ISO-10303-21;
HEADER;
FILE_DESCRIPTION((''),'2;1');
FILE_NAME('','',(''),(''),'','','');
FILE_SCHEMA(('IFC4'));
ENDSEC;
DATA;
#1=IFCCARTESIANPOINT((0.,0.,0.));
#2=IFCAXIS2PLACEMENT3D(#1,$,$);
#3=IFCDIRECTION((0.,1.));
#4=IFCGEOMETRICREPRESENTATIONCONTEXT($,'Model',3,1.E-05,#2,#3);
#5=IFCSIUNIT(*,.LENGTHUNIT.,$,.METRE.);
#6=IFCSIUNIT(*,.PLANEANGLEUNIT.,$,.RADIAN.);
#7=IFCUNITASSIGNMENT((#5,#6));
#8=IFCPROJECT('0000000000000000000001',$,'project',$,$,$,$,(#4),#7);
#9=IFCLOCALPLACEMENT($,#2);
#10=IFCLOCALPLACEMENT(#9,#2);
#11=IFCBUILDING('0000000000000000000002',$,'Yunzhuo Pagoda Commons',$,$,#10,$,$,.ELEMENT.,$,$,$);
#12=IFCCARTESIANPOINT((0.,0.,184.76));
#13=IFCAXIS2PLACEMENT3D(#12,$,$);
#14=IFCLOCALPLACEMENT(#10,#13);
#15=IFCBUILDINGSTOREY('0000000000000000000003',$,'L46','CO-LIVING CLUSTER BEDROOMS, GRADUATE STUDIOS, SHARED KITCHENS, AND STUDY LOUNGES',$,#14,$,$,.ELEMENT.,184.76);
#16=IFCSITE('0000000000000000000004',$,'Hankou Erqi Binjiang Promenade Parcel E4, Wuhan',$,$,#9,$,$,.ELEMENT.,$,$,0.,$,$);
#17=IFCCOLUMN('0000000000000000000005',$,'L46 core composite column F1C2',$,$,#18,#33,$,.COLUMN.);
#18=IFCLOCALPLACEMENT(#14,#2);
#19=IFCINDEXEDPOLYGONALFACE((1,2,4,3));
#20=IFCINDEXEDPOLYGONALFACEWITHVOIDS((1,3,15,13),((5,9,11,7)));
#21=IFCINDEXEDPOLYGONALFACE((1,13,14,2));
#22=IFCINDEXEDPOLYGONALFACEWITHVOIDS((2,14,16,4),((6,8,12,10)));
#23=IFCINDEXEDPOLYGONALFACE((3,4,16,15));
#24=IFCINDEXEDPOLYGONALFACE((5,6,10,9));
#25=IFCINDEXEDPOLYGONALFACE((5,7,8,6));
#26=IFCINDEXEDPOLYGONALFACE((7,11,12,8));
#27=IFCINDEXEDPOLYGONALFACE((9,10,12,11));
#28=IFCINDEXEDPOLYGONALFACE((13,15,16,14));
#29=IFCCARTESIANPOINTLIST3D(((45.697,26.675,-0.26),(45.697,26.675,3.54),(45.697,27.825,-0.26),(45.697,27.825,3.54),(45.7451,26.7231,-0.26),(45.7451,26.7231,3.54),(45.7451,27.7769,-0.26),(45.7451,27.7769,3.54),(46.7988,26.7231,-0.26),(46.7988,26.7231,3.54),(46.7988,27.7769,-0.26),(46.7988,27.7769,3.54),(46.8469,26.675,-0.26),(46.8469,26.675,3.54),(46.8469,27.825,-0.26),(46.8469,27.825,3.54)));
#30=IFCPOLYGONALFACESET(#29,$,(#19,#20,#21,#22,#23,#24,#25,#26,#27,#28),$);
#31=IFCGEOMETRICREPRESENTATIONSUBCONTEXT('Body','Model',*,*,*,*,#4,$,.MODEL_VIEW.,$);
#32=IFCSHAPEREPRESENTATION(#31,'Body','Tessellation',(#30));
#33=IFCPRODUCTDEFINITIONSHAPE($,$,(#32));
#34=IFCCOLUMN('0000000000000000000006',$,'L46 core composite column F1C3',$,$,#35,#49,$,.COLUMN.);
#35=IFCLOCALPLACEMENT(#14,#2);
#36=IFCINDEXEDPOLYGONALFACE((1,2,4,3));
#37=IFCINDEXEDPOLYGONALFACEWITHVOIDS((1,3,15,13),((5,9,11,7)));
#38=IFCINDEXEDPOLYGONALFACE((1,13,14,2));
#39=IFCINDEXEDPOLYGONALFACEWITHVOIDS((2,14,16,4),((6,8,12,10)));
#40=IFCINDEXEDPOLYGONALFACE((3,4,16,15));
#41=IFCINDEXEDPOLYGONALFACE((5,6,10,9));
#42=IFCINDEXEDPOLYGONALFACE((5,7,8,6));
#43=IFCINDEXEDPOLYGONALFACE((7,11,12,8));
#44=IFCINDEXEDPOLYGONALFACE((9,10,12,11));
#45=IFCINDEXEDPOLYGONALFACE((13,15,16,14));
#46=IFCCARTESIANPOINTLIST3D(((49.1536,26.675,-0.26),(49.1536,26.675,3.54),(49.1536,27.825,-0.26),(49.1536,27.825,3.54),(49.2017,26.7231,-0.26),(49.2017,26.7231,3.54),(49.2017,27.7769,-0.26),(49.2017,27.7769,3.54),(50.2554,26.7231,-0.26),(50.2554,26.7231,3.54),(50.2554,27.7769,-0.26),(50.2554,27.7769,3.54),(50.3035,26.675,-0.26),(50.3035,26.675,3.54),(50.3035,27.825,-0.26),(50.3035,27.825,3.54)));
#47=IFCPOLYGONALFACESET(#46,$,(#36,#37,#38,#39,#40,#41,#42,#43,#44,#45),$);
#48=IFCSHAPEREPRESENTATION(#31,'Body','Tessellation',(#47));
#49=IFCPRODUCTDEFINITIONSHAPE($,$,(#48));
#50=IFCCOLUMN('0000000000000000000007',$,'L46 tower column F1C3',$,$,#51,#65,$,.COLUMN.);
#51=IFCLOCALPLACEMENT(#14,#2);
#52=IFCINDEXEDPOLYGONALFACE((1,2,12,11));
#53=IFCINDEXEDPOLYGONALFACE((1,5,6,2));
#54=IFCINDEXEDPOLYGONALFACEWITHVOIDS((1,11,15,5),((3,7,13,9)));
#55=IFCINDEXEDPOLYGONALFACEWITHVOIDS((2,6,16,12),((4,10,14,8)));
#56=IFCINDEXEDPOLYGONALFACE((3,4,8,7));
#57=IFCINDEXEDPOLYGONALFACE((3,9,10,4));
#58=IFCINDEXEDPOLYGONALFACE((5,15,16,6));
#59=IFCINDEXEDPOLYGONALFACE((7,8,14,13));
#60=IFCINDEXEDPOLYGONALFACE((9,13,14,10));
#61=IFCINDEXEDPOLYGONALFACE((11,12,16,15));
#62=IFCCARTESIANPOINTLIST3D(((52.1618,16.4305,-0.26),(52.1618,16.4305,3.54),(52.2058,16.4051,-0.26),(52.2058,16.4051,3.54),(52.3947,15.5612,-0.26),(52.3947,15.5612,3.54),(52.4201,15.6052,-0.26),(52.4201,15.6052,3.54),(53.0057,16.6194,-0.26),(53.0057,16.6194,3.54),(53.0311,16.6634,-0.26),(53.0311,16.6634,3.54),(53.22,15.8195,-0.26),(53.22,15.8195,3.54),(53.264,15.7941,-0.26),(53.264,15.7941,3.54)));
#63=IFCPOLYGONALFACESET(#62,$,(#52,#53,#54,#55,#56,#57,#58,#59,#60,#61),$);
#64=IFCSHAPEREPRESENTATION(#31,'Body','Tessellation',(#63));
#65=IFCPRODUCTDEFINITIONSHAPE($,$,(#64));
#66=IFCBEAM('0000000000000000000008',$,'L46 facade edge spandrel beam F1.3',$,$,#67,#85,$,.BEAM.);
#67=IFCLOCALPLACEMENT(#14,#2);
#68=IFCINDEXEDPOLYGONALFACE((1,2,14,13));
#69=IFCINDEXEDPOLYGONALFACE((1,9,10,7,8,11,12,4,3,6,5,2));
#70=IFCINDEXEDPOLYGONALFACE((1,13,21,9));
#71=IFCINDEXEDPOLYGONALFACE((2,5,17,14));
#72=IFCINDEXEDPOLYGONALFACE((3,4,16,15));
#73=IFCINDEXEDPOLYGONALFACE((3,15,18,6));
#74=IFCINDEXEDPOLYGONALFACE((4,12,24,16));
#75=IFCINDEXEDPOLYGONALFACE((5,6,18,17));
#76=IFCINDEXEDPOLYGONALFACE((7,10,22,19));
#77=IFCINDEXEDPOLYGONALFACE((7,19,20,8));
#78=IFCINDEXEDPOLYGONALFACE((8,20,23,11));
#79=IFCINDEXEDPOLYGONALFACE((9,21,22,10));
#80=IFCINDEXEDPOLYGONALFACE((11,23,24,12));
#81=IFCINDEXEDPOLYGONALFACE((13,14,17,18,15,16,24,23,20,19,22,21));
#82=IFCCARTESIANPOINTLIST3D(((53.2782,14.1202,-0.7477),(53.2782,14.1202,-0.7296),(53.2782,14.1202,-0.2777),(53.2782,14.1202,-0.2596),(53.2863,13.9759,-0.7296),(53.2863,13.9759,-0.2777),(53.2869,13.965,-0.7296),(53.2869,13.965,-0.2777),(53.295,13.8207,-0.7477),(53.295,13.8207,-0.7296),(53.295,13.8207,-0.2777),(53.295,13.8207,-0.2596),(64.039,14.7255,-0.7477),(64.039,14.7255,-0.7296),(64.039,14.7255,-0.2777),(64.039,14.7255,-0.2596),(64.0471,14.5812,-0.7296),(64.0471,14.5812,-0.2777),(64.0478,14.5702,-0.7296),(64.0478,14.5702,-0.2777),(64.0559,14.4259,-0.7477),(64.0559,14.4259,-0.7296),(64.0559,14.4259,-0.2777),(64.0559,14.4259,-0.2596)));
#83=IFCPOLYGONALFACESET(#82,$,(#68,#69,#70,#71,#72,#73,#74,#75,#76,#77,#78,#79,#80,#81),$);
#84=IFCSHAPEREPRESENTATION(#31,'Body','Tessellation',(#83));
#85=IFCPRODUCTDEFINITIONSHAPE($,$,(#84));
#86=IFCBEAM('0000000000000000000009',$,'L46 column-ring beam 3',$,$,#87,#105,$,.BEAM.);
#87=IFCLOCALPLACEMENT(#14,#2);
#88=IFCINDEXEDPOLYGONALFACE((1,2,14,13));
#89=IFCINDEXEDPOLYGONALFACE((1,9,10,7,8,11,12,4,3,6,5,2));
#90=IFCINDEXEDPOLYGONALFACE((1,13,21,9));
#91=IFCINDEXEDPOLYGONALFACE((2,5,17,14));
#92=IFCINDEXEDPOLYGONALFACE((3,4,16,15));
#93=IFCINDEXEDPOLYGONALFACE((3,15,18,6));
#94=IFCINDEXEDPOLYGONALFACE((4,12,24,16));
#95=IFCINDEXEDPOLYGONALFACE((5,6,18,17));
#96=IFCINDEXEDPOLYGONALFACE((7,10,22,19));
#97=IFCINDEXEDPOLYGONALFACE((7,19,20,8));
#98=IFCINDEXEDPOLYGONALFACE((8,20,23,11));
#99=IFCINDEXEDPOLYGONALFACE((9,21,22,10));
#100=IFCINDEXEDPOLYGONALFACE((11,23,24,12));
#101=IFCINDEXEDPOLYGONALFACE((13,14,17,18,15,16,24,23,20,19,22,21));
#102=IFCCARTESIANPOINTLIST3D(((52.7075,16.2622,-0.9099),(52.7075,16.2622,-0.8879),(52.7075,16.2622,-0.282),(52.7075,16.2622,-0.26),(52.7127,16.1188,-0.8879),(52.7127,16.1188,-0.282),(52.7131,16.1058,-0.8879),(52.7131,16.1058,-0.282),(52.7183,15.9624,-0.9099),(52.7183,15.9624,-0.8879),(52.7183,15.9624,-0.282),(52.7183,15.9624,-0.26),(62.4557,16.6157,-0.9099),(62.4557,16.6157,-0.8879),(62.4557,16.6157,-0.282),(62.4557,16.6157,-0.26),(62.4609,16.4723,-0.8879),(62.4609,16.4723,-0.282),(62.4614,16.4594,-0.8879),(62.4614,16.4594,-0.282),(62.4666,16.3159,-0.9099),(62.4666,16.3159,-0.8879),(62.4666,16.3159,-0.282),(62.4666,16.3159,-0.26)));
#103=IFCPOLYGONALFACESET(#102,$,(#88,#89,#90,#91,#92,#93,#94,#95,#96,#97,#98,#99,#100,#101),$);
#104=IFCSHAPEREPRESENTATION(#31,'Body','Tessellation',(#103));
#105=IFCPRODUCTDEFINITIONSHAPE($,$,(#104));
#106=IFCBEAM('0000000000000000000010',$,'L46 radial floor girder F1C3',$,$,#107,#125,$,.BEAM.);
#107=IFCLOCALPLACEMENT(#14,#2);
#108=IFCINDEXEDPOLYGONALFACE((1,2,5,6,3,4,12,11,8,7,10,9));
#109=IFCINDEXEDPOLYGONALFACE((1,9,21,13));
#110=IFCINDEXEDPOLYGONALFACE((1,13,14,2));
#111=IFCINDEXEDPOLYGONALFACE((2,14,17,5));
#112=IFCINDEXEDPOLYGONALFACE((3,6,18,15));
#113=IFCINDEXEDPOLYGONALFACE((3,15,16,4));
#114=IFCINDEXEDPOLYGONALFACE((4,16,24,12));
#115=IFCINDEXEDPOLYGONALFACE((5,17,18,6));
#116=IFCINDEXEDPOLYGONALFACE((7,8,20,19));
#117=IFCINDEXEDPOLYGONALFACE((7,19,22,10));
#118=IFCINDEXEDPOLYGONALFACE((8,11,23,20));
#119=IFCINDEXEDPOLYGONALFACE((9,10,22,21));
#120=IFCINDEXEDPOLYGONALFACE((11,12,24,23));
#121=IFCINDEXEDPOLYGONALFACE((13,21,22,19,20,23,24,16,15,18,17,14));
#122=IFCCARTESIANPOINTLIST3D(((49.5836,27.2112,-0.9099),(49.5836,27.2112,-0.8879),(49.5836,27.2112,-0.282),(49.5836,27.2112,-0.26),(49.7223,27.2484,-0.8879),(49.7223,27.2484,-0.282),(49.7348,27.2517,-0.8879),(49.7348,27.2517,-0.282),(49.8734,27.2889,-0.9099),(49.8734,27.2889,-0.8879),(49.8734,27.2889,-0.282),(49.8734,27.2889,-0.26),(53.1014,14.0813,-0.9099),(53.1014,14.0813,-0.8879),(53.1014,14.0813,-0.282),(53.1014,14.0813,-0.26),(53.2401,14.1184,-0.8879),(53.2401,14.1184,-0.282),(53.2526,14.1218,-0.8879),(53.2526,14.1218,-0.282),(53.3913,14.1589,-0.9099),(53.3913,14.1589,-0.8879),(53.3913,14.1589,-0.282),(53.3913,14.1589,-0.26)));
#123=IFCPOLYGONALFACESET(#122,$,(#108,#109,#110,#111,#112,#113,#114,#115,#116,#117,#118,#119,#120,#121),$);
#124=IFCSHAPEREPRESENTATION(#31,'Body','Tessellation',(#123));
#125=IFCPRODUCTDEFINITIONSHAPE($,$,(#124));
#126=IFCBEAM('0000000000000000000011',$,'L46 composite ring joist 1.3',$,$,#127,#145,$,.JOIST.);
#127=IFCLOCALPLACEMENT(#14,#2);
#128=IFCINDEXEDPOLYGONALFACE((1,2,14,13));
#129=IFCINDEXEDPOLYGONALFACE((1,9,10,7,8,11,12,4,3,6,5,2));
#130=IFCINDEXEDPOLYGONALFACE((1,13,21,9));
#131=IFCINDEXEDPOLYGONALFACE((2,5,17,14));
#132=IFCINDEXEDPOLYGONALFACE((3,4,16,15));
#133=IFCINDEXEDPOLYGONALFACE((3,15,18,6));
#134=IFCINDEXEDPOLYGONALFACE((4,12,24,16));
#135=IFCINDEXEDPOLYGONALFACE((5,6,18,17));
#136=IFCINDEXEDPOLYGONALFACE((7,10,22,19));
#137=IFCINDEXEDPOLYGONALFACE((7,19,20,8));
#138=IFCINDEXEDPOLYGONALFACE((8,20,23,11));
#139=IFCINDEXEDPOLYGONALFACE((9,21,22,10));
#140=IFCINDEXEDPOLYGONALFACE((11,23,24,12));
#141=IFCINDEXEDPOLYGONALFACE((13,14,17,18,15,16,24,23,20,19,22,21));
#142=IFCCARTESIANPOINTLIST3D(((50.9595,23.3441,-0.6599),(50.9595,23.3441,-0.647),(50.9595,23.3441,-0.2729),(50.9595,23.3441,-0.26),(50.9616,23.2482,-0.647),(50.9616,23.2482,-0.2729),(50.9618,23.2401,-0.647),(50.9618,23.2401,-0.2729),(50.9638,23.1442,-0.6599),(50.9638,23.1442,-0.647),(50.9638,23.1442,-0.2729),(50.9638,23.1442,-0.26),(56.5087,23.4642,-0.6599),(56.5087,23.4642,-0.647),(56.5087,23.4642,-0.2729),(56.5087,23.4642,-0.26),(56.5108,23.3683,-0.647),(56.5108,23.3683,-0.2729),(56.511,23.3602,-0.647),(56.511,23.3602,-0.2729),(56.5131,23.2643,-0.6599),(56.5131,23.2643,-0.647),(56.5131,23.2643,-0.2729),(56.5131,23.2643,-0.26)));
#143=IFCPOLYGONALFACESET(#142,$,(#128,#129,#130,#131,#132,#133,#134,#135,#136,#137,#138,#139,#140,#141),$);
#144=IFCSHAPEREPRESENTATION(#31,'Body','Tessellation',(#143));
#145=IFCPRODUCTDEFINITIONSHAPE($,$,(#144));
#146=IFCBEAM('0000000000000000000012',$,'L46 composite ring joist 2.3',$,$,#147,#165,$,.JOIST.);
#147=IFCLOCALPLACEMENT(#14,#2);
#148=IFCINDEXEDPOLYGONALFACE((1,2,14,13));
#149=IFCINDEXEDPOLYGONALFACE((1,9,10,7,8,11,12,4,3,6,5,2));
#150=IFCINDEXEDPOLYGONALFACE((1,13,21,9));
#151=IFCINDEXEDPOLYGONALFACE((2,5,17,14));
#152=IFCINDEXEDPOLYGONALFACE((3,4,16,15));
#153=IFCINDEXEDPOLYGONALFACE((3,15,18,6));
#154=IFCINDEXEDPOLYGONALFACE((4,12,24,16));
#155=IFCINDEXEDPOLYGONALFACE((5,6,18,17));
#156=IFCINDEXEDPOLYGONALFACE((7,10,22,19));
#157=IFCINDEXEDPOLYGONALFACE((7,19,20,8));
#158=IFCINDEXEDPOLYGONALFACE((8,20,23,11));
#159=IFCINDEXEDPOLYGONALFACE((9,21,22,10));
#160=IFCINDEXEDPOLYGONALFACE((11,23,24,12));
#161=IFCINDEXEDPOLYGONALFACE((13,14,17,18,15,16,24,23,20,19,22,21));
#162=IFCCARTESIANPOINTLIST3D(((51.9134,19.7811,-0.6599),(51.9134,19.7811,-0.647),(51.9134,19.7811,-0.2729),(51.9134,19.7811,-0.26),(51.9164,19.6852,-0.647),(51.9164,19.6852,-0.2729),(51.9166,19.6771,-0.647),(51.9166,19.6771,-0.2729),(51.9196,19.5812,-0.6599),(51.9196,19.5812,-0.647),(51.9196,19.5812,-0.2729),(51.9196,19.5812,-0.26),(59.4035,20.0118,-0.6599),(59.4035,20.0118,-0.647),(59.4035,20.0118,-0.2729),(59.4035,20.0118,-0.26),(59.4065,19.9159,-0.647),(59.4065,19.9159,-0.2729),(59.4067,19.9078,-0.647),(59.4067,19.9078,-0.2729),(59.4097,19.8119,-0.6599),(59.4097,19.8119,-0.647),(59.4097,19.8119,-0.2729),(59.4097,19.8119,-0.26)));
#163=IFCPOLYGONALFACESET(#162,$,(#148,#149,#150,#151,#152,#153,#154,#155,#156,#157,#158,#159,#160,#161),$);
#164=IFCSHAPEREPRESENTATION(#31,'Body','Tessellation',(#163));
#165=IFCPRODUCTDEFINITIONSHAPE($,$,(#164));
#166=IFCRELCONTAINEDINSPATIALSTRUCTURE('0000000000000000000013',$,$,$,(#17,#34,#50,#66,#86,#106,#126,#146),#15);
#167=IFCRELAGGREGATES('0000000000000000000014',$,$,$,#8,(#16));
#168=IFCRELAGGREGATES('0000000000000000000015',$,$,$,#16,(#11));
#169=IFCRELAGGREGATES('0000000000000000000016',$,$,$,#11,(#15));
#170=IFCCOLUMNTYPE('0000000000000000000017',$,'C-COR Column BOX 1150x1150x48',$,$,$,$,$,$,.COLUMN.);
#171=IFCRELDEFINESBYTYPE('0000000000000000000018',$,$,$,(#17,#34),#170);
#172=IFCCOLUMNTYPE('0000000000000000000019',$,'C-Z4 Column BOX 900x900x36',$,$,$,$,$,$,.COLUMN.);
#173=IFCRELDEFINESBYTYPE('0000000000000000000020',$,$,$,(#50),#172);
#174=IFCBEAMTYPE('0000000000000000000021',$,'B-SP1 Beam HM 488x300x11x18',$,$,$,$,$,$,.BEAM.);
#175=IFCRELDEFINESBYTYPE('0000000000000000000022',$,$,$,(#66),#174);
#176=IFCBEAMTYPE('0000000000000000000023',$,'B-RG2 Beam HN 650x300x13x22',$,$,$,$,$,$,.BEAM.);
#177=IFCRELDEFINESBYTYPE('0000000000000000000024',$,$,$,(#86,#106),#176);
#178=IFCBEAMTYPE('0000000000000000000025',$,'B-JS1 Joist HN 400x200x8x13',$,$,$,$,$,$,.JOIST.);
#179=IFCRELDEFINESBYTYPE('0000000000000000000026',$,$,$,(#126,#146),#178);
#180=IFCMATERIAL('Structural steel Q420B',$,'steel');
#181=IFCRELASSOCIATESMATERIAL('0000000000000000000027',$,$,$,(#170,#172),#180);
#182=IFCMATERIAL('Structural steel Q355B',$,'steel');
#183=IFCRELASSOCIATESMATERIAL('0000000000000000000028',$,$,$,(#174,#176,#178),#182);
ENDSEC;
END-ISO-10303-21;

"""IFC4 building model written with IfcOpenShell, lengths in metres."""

from ifc_helpers import new_model, si_unit, direction, frame, origin, origin_2d, place, context, subcontext, project, spatial, hollow_rectangle, i_section, extrude, source, transform, mapped, material, material_profile, profile_set, type_object, element, save


model = new_model("IFC4")

# Units and contexts
model_context = context("Model", 3, precision=1e-05, world=origin(), true_north=direction((0.0, 1.0)))
body_context = subcontext(model_context, "Body", "Model", "MODEL_VIEW")
ifc_project = project(units=[si_unit("LENGTHUNIT", "METRE"), si_unit("PLANEANGLEUNIT", "RADIAN")], contexts=[model_context])

# Site, building, storey
site_placement = place(None, origin())
site = spatial("IfcSite", under=ifc_project, at=site_placement, Name="Hankou Erqi Binjiang Promenade Parcel E4, Wuhan", CompositionType="ELEMENT", RefElevation=0.0)
building_placement = place(site_placement, origin())
building = spatial("IfcBuilding", under=site, at=building_placement, Name="Yunzhuo Pagoda Commons", CompositionType="ELEMENT")
storey_placement = place(building_placement, frame((0.0, 0.0, 184.76)))
storey = spatial("IfcBuildingStorey", under=building, at=storey_placement, Name="L46", Description="CO-LIVING CLUSTER BEDROOMS, GRADUATE STUDIOS, SHARED KITCHENS, AND STUDY LOUNGES", CompositionType="ELEMENT", Elevation=184.76)

# Columns
ifc_material_1 = material(Name="Structural steel Q420B", Category="steel")
ifc_material_profile_1 = material_profile(ifc_material_1, hollow_rectangle(XDim=1.1499, YDim=1.1499, WallThickness=0.0481, at=origin_2d()), Name="Structural steel Q420B")
ifc_profile_set_1 = profile_set([ifc_material_profile_1], Name="Structural steel Q420B")
column_type_1 = type_object("IfcColumnType", Name="C-COR Column BOX 1150x1150x48", PredefinedType="COLUMN", material=ifc_profile_set_1)
shared_shape_1 = source(origin(), body_context, "Body", "SweptSolid", [
    extrude(hollow_rectangle(XDim=1.1499, YDim=1.1499, WallThickness=0.0481, at=origin_2d()), origin(), (0.0, 0.0, 1.0), 3.8),
])
for number, where, z_axis, x_axis, name in (
    (1, (46.272, 27.25, -0.26), (0.0, 0.0, 1.0), (1.0, 0.0, 0.0), "L46 core composite column F1C2"),
    (2, (49.7285, 27.25, -0.26), (0.0, 0.0, 1.0), (1.0, 0.0, 0.0), "L46 core composite column F1C3"),
):
    element("IfcColumn", number, at=place(storey_placement, frame(where, z_axis=z_axis, x_axis=x_axis)), inside=storey, type_object=column_type_1, Name=name, PredefinedType="COLUMN", context=body_context, shape_type="MappedRepresentation", body=[
        mapped(shared_shape_1, transform((0.0, 0.0, 0.0), scale=1.0)),
    ])
ifc_material_profile_2 = material_profile(ifc_material_1, hollow_rectangle(XDim=0.8999, YDim=0.8999, WallThickness=0.0359, at=origin_2d()), Name="Structural steel Q420B")
ifc_profile_set_2 = profile_set([ifc_material_profile_2], Name="Structural steel Q420B")
column_type_2 = type_object("IfcColumnType", Name="C-Z4 Column BOX 900x900x36", PredefinedType="COLUMN", material=ifc_profile_set_2)
shared_shape_2 = source(origin(), body_context, "Body", "SweptSolid", [
    extrude(hollow_rectangle(XDim=0.8999, YDim=0.8999, WallThickness=0.0359, at=origin_2d()), origin(), (0.0, 0.0, 1.0), 3.8),
])
column_placement = place(storey_placement, frame((52.7129, 16.1123, -0.26), z_axis=(0.0, 0.0, 1.0), x_axis=(0.965926, 0.258819, 0.0)))
element("IfcColumn", 3, at=column_placement, inside=storey, type_object=column_type_2, Name="L46 tower column F1C3", PredefinedType="COLUMN", context=body_context, shape_type="MappedRepresentation", body=[
    mapped(shared_shape_2, transform((0.0, 0.0, 0.0), scale=1.0)),
])

# Beams
ifc_material_2 = material(Name="Structural steel Q355B", Category="steel")
ifc_material_profile_3 = material_profile(ifc_material_2, i_section(OverallWidth=0.3, OverallDepth=0.488, WebThickness=0.011, FlangeThickness=0.0181, at=origin_2d()), Name="Structural steel Q355B")
ifc_profile_set_3 = profile_set([ifc_material_profile_3], Name="Structural steel Q355B")
beam_type_1 = type_object("IfcBeamType", Name="B-SP1 Beam HM 488x300x11x18", PredefinedType="BEAM", material=ifc_profile_set_3)
shared_shape_3 = source(origin(), body_context, "Body", "SweptSolid", [
    extrude(i_section(OverallWidth=0.3, OverallDepth=0.488, WebThickness=0.011, FlangeThickness=0.0181, at=origin_2d()), origin(), (0.0, 0.0, 1.0), 10.7778),
])
beam_1_placement = place(storey_placement, frame((53.2866, 13.9705, -0.5037), z_axis=(0.998422, 0.056155, 0.0), x_axis=(-0.056155, 0.998422, 0.0)))
element("IfcBeam", 4, at=beam_1_placement, inside=storey, type_object=beam_type_1, Name="L46 facade edge spandrel beam F1.3", PredefinedType="BEAM", context=body_context, shape_type="MappedRepresentation", body=[
    mapped(shared_shape_3, transform((0.0, 0.0, 0.0), scale=1.0)),
])
ifc_material_profile_4 = material_profile(ifc_material_2, i_section(OverallWidth=0.3, OverallDepth=0.6499, WebThickness=0.0129, FlangeThickness=0.022, at=origin_2d()), Name="Structural steel Q355B")
ifc_profile_set_4 = profile_set([ifc_material_profile_4], Name="Structural steel Q355B")
beam_type_2 = type_object("IfcBeamType", Name="B-RG2 Beam HN 650x300x13x22", PredefinedType="BEAM", material=ifc_profile_set_4)
shared_shape_4 = source(origin(), body_context, "Body", "SweptSolid", [
    extrude(i_section(OverallWidth=0.3, OverallDepth=0.6499, WebThickness=0.0129, FlangeThickness=0.022, at=origin_2d()), origin(), (0.0, 0.0, 1.0), 9.7546),
])
beam_2_placement = place(storey_placement, frame((52.7129, 16.1123, -0.585), z_axis=(0.999343, 0.036241, 0.0), x_axis=(-0.036241, 0.999343, 0.0)))
element("IfcBeam", 5, at=beam_2_placement, inside=storey, type_object=beam_type_2, Name="L46 column-ring beam 3", PredefinedType="BEAM", context=body_context, shape_type="MappedRepresentation", body=[
    mapped(shared_shape_4, transform((0.0, 0.0, 0.0), scale=1.0)),
])
shared_shape_5 = source(origin(), body_context, "Body", "SweptSolid", [
    extrude(i_section(OverallWidth=0.3, OverallDepth=0.6499, WebThickness=0.0129, FlangeThickness=0.022, at=origin_2d()), origin(), (0.0, 0.0, 1.0), 13.593),
])
beam_3_placement = place(storey_placement, frame((53.2463, 14.1201, -0.585), z_axis=(-0.258797, 0.965932, 0.0), x_axis=(-0.965932, -0.258797, 0.0)))
element("IfcBeam", 6, at=beam_3_placement, inside=storey, type_object=beam_type_2, Name="L46 radial floor girder F1C3", PredefinedType="BEAM", context=body_context, shape_type="MappedRepresentation", body=[
    mapped(shared_shape_5, transform((0.0, 0.0, 0.0), scale=1.0)),
])
ifc_material_profile_5 = material_profile(ifc_material_2, i_section(OverallWidth=0.2, OverallDepth=0.3999, WebThickness=0.0081, FlangeThickness=0.0129, at=origin_2d()), Name="Structural steel Q355B")
ifc_profile_set_5 = profile_set([ifc_material_profile_5], Name="Structural steel Q355B")
beam_type_3 = type_object("IfcBeamType", Name="B-JS1 Joist HN 400x200x8x13", PredefinedType="JOIST", material=ifc_profile_set_5)
shared_shape_6 = source(origin(), body_context, "Body", "SweptSolid", [
    extrude(i_section(OverallWidth=0.2, OverallDepth=0.3999, WebThickness=0.0081, FlangeThickness=0.0129, at=origin_2d()), origin(), (0.0, 0.0, 1.0), 5.5505),
])
beam_4_placement = place(storey_placement, frame((50.9617, 23.2441, -0.46), z_axis=(0.999766, 0.02164, 0.0), x_axis=(-0.02164, 0.999766, 0.0)))
element("IfcBeam", 7, at=beam_4_placement, inside=storey, type_object=beam_type_3, Name="L46 composite ring joist 1.3", PredefinedType="JOIST", context=body_context, shape_type="MappedRepresentation", body=[
    mapped(shared_shape_6, transform((0.0, 0.0, 0.0), scale=1.0)),
])
shared_shape_7 = source(origin(), body_context, "Body", "SweptSolid", [
    extrude(i_section(OverallWidth=0.2, OverallDepth=0.3999, WebThickness=0.0081, FlangeThickness=0.0129, at=origin_2d()), origin(), (0.0, 0.0, 1.0), 7.4937),
])
beam_5_placement = place(storey_placement, frame((51.9165, 19.6812, -0.46), z_axis=(0.999526, 0.030788, 0.0), x_axis=(-0.030788, 0.999526, 0.0)))
element("IfcBeam", 8, at=beam_5_placement, inside=storey, type_object=beam_type_3, Name="L46 composite ring joist 2.3", PredefinedType="JOIST", context=body_context, shape_type="MappedRepresentation", body=[
    mapped(shared_shape_7, transform((0.0, 0.0, 0.0), scale=1.0)),
])

save(model, "model.ifc")
